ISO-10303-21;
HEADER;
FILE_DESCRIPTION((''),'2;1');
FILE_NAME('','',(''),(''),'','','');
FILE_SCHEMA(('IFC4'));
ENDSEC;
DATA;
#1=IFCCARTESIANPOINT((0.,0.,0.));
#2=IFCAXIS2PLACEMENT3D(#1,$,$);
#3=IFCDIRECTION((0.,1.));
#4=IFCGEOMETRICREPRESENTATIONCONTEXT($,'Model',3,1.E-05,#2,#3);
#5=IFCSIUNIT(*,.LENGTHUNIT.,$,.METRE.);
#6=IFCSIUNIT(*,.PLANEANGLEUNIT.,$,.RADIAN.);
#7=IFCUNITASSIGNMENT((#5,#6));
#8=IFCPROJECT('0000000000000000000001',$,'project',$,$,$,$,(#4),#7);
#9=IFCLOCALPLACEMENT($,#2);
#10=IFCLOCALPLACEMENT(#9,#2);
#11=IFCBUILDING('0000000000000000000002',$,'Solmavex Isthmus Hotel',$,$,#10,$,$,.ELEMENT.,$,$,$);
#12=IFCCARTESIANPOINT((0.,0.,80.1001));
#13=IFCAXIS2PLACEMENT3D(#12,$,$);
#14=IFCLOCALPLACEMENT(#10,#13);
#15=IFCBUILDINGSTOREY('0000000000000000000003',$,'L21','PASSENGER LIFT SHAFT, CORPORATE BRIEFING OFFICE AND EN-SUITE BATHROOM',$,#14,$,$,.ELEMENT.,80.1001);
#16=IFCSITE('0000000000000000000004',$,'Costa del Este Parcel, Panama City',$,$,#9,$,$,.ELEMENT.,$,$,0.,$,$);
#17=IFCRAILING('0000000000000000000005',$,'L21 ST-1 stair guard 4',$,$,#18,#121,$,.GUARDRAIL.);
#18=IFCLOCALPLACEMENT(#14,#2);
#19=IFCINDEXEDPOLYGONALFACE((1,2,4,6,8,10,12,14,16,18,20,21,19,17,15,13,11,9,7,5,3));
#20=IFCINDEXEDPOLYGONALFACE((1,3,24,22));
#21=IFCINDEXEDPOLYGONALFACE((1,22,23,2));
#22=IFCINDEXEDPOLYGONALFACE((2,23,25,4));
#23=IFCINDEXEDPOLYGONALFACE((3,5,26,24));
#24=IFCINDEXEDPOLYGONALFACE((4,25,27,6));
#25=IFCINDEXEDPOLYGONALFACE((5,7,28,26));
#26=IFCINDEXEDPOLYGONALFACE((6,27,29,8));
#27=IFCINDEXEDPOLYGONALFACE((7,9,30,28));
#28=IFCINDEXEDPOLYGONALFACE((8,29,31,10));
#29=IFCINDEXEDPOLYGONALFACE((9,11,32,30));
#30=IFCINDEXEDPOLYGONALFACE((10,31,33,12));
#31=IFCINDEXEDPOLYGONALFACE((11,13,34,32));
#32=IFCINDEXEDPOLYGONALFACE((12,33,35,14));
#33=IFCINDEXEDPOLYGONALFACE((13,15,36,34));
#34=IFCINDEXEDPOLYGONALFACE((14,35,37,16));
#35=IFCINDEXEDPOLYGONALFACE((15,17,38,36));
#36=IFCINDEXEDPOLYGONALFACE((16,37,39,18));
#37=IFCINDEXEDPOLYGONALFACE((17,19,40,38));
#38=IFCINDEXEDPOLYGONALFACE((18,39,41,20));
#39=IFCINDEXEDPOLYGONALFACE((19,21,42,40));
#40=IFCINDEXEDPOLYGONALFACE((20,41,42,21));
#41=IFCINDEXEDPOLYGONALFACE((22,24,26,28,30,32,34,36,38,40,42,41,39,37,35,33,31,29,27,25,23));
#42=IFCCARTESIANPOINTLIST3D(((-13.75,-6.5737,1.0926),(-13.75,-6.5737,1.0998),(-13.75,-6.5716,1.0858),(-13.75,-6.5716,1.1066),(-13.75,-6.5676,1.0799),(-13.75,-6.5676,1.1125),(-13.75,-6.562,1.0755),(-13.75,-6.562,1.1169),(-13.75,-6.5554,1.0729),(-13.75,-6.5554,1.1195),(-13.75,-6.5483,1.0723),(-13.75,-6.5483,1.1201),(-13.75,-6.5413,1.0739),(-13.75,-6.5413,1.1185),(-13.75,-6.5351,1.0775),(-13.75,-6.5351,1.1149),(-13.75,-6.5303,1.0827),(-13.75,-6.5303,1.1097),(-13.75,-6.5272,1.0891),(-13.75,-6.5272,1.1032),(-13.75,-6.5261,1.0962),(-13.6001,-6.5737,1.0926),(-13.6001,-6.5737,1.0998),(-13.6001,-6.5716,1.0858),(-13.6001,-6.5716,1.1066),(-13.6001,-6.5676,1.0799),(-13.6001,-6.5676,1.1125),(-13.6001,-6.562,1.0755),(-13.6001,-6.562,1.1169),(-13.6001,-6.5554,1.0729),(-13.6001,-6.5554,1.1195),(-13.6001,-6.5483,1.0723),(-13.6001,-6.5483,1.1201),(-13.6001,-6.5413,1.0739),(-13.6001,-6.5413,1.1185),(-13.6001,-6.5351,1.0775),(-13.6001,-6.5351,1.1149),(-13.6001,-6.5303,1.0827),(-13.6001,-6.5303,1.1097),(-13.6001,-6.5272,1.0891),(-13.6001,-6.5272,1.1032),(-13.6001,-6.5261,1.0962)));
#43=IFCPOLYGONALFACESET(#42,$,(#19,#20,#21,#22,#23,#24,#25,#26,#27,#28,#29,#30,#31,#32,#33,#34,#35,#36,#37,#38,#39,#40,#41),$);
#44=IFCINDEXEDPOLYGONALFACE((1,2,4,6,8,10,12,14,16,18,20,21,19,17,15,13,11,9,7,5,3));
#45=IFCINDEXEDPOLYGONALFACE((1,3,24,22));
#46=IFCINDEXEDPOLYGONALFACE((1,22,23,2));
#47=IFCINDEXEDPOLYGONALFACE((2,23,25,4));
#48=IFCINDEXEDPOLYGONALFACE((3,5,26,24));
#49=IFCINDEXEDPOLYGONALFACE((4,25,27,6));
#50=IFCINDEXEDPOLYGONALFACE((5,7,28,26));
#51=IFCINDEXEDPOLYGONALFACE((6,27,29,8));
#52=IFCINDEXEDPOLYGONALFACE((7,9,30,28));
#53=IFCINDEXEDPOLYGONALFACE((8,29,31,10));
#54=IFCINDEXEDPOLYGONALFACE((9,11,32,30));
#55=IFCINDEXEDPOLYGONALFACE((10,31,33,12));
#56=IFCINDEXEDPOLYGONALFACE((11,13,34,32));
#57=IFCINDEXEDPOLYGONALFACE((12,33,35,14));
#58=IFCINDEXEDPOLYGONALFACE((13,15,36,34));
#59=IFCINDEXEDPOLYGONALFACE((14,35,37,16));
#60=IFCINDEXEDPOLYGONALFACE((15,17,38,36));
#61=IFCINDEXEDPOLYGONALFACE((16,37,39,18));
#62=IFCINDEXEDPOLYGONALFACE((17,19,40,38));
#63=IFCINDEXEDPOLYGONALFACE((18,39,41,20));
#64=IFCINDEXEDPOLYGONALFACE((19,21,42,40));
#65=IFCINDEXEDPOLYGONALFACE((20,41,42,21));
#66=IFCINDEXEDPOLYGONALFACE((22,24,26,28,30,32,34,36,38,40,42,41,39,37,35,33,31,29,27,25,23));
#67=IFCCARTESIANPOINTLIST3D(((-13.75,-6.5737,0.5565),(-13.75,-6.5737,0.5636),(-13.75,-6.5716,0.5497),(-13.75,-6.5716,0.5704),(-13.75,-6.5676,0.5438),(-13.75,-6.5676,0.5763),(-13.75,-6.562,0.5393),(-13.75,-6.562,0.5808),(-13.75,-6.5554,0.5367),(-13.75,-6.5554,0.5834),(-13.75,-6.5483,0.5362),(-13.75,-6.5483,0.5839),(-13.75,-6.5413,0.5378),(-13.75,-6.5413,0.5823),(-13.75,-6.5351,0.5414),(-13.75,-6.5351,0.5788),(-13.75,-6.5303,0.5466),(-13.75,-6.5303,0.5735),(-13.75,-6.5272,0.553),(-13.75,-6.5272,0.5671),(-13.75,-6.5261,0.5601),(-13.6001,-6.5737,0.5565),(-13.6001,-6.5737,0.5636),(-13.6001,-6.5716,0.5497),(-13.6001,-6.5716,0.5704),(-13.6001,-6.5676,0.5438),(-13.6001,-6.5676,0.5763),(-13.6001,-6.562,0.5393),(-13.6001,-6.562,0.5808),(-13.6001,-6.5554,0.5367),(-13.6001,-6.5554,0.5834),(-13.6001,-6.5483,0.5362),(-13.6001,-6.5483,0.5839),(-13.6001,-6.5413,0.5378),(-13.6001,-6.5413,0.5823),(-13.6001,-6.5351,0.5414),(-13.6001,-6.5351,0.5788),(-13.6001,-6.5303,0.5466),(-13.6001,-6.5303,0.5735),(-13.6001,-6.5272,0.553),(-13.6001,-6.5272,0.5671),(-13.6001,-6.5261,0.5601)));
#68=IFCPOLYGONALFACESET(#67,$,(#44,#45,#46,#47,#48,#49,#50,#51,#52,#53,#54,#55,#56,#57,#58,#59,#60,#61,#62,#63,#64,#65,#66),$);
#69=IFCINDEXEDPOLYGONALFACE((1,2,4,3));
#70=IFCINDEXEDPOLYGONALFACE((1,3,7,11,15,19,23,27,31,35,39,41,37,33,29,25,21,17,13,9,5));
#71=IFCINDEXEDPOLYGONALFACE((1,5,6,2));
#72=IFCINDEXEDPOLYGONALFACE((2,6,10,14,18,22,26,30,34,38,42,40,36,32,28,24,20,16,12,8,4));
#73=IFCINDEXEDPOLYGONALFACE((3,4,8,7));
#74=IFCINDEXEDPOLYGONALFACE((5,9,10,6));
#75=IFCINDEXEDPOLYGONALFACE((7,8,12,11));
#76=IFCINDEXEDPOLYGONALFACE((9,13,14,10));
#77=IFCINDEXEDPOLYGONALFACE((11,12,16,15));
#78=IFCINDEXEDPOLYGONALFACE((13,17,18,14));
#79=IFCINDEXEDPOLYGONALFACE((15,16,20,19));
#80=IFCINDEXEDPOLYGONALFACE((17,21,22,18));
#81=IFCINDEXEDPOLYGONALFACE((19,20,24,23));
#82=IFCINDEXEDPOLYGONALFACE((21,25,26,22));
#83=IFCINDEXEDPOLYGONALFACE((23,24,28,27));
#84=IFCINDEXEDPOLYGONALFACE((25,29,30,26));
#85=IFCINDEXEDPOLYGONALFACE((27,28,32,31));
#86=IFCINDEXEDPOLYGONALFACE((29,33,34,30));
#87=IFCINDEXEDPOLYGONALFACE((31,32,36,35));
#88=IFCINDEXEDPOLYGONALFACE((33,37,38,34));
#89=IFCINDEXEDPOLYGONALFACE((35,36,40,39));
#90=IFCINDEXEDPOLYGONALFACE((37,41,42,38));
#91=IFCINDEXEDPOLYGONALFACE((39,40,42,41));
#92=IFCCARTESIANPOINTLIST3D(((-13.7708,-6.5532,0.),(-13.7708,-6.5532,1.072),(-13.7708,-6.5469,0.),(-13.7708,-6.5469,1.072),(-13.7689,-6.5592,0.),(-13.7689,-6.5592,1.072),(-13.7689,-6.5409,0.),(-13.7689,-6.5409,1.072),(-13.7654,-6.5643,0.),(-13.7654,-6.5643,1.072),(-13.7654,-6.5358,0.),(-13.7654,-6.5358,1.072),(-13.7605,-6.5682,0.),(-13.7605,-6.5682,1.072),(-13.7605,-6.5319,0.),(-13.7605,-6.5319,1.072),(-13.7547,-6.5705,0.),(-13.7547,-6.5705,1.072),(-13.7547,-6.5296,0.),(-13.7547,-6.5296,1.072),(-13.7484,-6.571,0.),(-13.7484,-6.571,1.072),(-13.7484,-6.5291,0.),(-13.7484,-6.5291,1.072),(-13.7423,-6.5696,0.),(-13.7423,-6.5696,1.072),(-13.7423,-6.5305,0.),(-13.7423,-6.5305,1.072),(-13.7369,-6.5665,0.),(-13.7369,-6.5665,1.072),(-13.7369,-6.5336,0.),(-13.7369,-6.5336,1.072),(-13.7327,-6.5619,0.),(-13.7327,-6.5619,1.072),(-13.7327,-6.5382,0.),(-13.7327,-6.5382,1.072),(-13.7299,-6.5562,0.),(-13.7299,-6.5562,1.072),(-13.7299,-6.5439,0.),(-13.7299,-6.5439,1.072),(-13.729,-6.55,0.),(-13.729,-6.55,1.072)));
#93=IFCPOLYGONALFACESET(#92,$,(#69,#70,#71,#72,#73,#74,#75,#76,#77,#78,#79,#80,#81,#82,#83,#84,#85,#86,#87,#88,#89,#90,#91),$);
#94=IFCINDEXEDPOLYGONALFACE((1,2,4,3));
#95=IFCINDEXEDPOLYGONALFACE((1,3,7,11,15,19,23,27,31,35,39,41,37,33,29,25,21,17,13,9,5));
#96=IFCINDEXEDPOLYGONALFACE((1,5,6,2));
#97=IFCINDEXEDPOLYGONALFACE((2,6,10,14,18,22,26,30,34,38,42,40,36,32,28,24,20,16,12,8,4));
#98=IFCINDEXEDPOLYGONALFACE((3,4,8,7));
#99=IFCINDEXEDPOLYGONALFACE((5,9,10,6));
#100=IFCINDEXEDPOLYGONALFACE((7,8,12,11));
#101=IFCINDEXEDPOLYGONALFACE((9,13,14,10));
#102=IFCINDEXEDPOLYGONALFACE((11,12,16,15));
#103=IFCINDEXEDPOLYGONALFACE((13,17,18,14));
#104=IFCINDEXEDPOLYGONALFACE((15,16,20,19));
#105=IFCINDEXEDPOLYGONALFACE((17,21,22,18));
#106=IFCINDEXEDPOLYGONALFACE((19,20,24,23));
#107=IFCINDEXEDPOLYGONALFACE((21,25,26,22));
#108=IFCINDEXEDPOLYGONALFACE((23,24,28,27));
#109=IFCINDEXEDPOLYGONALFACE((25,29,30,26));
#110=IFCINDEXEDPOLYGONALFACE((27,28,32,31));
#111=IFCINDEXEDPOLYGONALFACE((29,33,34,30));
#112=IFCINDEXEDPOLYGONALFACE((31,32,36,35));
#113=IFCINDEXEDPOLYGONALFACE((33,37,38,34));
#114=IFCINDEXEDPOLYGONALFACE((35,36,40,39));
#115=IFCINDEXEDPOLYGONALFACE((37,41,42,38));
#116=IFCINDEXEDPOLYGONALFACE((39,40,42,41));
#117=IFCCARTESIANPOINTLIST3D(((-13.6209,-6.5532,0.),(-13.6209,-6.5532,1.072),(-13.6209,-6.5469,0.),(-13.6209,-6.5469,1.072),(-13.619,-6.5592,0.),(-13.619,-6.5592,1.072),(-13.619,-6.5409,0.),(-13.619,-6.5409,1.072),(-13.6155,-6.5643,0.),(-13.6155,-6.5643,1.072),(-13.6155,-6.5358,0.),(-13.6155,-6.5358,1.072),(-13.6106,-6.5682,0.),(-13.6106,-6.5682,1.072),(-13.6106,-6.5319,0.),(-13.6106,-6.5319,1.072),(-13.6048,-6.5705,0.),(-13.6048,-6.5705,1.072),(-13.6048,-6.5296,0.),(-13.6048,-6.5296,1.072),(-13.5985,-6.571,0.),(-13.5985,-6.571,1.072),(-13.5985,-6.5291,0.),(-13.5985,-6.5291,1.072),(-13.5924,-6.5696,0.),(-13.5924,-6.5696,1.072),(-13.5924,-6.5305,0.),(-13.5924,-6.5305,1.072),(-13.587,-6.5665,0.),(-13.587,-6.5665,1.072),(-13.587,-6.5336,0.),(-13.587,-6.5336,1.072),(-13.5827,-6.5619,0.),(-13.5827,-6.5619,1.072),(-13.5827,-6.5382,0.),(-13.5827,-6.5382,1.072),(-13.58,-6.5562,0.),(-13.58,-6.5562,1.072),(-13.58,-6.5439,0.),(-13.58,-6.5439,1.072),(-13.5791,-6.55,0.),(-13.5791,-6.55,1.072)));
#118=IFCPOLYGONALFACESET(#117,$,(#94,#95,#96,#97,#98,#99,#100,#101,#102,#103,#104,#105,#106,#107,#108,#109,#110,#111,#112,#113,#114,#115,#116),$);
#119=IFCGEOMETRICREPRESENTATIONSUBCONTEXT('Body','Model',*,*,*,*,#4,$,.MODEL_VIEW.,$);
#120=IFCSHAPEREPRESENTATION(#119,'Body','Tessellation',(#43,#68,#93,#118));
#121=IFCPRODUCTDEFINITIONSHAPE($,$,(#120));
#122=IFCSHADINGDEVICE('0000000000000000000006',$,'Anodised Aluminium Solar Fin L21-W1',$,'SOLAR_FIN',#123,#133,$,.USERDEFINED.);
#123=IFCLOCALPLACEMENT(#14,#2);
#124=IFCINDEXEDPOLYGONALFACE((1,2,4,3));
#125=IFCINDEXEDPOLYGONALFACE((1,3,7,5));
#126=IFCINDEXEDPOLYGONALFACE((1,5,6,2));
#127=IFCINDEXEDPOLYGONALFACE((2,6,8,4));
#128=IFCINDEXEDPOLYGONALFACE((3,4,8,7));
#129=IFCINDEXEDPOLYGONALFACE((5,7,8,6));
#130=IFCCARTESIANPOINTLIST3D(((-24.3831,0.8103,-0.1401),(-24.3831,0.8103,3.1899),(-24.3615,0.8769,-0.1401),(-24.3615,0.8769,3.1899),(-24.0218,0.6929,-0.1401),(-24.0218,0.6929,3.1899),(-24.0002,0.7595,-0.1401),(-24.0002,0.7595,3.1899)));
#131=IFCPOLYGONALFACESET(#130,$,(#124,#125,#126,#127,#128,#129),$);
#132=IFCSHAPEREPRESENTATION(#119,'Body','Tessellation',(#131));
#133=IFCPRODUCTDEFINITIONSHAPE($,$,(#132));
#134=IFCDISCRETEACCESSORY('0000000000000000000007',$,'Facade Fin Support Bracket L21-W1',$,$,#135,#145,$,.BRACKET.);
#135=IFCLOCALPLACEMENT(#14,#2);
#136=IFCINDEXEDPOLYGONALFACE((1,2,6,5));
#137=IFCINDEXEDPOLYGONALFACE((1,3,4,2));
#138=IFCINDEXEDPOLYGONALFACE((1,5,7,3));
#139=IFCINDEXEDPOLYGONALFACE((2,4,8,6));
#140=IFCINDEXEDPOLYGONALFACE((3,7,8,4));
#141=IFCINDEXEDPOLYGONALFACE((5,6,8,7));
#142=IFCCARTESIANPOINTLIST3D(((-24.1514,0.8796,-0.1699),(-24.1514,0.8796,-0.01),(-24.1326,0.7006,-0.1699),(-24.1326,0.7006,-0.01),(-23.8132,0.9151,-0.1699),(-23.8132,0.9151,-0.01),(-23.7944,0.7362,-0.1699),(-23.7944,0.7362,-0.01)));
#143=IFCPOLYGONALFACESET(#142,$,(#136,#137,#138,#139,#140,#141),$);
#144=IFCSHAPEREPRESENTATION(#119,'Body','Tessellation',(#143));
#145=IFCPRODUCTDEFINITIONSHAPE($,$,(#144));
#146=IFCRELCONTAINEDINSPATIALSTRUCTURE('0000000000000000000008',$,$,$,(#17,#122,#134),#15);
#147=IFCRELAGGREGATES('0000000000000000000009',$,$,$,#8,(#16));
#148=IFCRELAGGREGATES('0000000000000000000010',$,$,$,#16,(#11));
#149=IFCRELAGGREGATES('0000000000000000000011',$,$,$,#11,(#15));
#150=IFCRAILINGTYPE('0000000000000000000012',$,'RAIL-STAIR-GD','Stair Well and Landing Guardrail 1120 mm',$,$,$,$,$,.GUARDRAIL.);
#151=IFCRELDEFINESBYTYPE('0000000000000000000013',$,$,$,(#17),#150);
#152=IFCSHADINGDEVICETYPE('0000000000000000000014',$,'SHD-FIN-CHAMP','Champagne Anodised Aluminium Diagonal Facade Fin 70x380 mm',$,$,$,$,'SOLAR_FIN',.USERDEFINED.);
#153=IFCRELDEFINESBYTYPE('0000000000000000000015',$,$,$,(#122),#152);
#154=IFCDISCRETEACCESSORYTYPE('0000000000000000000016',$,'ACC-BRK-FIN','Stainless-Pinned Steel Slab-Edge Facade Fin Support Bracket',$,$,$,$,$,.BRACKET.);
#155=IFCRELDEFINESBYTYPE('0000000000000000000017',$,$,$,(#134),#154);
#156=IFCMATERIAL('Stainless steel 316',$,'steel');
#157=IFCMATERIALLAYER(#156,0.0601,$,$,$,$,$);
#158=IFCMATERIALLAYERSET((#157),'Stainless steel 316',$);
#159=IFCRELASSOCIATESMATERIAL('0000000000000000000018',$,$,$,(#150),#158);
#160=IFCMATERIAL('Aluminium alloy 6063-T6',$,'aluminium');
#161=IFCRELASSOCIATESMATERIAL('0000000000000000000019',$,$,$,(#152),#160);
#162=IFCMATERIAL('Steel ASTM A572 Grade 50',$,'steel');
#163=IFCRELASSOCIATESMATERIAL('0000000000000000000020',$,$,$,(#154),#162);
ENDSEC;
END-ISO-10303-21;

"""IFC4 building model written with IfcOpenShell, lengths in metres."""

from ifc_helpers import new_model, si_unit, direction, frame, origin, origin_2d, place, context, subcontext, project, spatial, rectangle, circle, extrude, material, layer, layer_set, type_object, element, save


model = new_model("IFC4")

# Units and contexts
model_context = context("Model", 3, precision=1e-05, world=origin(), true_north=direction((0.0, 1.0)))
body_context = subcontext(model_context, "Body", "Model", "MODEL_VIEW")
ifc_project = project(units=[si_unit("LENGTHUNIT", "METRE"), si_unit("PLANEANGLEUNIT", "RADIAN")], contexts=[model_context])

# Site, building, storey
site_placement = place(None, origin())
site = spatial("IfcSite", under=ifc_project, at=site_placement, Name="Costa del Este Parcel, Panama City", CompositionType="ELEMENT", RefElevation=0.0)
building_placement = place(site_placement, origin())
building = spatial("IfcBuilding", under=site, at=building_placement, Name="Solmavex Isthmus Hotel", CompositionType="ELEMENT")
storey_placement = place(building_placement, frame((0.0, 0.0, 80.1001)))
storey = spatial("IfcBuildingStorey", under=building, at=storey_placement, Name="L21", Description="PASSENGER LIFT SHAFT, CORPORATE BRIEFING OFFICE AND EN-SUITE BATHROOM", CompositionType="ELEMENT", Elevation=80.1001)

# Shared definitions
ifc_material_1 = material(Name="Aluminium alloy 6063-T6", Category="aluminium")

# Shared definitions
ifc_material_2 = material(Name="Steel ASTM A572 Grade 50", Category="steel")

# Railing
ifc_material_3 = material(Name="Stainless steel 316", Category="steel")
ifc_layer_1 = layer(ifc_material_3, 0.0601)
ifc_layer_set_1 = layer_set([ifc_layer_1], Name="Stainless steel 316")
railing_type_1 = type_object("IfcRailingType", Name="RAIL-STAIR-GD", Description="Stair Well and Landing Guardrail 1120 mm", PredefinedType="GUARDRAIL", material=ifc_layer_set_1)
railing_1_placement = place(storey_placement, frame((-13.75, -6.55, 0.0)))
element("IfcRailing", 1, at=railing_1_placement, inside=storey, type_object=railing_type_1, Name="L21 ST-1 stair guard 4", PredefinedType="GUARDRAIL", context=body_context, shape_type="SweptSolid", body=[
    extrude(circle(Radius=0.0239, at=origin_2d()), frame((0.0, 0.0, 1.0962), z_axis=(1.0, 0.0, 0.0), x_axis=(0.0, 1.0, 0.0)), (0.0, 0.0, 1.0), 0.1499),
    extrude(circle(Radius=0.0239, at=origin_2d()), frame((0.0, 0.0, 0.5601), z_axis=(1.0, 0.0, 0.0), x_axis=(0.0, 1.0, 0.0)), (0.0, 0.0, 1.0), 0.1499),
    extrude(circle(Radius=0.021, at=origin_2d()), origin(), (0.0, 0.0, 1.0), 1.072),
    extrude(circle(Radius=0.021, at=origin_2d()), frame((0.1499, 0.0, 0.0)), (0.0, 0.0, 1.0), 1.072),
])

# Shading device
shading_device_type = type_object("IfcShadingDeviceType", Name="SHD-FIN-CHAMP", Description="Champagne Anodised Aluminium Diagonal Facade Fin 70x380 mm", ElementType="SOLAR_FIN", PredefinedType="USERDEFINED", material=ifc_material_1)
shading_device_placement = place(storey_placement, frame((-24.1917, 0.7849, -0.1401), z_axis=(0.0, 0.0, 1.0), x_axis=(-0.951057, 0.309017, 0.0)))
element("IfcShadingDevice", 2, at=shading_device_placement, inside=storey, type_object=shading_device_type, Name="Anodised Aluminium Solar Fin L21-W1", ObjectType="SOLAR_FIN", PredefinedType="USERDEFINED", context=body_context, shape_type="SweptSolid", body=[
    extrude(rectangle(XDim=0.3799, YDim=0.0701, at=origin_2d()), origin(), (0.0, 0.0, 1.0), 3.3301),
])

# Discrete accessory
discrete_accessory_type = type_object("IfcDiscreteAccessoryType", Name="ACC-BRK-FIN", Description="Stainless-Pinned Steel Slab-Edge Facade Fin Support Bracket", PredefinedType="BRACKET", material=ifc_material_2)
discrete_accessory_placement = place(storey_placement, frame((-23.9729, 0.8079, -0.1699), z_axis=(0.0, 0.0, 1.0), x_axis=(-0.994522, -0.104528, 0.0)))
element("IfcDiscreteAccessory", 3, at=discrete_accessory_placement, inside=storey, type_object=discrete_accessory_type, Name="Facade Fin Support Bracket L21-W1", PredefinedType="BRACKET", context=body_context, shape_type="SweptSolid", body=[
    extrude(rectangle(XDim=0.3401, YDim=0.1799, at=origin_2d()), origin(), (0.0, 0.0, 1.0), 0.1599),
])

save(model, "model.ifc")
